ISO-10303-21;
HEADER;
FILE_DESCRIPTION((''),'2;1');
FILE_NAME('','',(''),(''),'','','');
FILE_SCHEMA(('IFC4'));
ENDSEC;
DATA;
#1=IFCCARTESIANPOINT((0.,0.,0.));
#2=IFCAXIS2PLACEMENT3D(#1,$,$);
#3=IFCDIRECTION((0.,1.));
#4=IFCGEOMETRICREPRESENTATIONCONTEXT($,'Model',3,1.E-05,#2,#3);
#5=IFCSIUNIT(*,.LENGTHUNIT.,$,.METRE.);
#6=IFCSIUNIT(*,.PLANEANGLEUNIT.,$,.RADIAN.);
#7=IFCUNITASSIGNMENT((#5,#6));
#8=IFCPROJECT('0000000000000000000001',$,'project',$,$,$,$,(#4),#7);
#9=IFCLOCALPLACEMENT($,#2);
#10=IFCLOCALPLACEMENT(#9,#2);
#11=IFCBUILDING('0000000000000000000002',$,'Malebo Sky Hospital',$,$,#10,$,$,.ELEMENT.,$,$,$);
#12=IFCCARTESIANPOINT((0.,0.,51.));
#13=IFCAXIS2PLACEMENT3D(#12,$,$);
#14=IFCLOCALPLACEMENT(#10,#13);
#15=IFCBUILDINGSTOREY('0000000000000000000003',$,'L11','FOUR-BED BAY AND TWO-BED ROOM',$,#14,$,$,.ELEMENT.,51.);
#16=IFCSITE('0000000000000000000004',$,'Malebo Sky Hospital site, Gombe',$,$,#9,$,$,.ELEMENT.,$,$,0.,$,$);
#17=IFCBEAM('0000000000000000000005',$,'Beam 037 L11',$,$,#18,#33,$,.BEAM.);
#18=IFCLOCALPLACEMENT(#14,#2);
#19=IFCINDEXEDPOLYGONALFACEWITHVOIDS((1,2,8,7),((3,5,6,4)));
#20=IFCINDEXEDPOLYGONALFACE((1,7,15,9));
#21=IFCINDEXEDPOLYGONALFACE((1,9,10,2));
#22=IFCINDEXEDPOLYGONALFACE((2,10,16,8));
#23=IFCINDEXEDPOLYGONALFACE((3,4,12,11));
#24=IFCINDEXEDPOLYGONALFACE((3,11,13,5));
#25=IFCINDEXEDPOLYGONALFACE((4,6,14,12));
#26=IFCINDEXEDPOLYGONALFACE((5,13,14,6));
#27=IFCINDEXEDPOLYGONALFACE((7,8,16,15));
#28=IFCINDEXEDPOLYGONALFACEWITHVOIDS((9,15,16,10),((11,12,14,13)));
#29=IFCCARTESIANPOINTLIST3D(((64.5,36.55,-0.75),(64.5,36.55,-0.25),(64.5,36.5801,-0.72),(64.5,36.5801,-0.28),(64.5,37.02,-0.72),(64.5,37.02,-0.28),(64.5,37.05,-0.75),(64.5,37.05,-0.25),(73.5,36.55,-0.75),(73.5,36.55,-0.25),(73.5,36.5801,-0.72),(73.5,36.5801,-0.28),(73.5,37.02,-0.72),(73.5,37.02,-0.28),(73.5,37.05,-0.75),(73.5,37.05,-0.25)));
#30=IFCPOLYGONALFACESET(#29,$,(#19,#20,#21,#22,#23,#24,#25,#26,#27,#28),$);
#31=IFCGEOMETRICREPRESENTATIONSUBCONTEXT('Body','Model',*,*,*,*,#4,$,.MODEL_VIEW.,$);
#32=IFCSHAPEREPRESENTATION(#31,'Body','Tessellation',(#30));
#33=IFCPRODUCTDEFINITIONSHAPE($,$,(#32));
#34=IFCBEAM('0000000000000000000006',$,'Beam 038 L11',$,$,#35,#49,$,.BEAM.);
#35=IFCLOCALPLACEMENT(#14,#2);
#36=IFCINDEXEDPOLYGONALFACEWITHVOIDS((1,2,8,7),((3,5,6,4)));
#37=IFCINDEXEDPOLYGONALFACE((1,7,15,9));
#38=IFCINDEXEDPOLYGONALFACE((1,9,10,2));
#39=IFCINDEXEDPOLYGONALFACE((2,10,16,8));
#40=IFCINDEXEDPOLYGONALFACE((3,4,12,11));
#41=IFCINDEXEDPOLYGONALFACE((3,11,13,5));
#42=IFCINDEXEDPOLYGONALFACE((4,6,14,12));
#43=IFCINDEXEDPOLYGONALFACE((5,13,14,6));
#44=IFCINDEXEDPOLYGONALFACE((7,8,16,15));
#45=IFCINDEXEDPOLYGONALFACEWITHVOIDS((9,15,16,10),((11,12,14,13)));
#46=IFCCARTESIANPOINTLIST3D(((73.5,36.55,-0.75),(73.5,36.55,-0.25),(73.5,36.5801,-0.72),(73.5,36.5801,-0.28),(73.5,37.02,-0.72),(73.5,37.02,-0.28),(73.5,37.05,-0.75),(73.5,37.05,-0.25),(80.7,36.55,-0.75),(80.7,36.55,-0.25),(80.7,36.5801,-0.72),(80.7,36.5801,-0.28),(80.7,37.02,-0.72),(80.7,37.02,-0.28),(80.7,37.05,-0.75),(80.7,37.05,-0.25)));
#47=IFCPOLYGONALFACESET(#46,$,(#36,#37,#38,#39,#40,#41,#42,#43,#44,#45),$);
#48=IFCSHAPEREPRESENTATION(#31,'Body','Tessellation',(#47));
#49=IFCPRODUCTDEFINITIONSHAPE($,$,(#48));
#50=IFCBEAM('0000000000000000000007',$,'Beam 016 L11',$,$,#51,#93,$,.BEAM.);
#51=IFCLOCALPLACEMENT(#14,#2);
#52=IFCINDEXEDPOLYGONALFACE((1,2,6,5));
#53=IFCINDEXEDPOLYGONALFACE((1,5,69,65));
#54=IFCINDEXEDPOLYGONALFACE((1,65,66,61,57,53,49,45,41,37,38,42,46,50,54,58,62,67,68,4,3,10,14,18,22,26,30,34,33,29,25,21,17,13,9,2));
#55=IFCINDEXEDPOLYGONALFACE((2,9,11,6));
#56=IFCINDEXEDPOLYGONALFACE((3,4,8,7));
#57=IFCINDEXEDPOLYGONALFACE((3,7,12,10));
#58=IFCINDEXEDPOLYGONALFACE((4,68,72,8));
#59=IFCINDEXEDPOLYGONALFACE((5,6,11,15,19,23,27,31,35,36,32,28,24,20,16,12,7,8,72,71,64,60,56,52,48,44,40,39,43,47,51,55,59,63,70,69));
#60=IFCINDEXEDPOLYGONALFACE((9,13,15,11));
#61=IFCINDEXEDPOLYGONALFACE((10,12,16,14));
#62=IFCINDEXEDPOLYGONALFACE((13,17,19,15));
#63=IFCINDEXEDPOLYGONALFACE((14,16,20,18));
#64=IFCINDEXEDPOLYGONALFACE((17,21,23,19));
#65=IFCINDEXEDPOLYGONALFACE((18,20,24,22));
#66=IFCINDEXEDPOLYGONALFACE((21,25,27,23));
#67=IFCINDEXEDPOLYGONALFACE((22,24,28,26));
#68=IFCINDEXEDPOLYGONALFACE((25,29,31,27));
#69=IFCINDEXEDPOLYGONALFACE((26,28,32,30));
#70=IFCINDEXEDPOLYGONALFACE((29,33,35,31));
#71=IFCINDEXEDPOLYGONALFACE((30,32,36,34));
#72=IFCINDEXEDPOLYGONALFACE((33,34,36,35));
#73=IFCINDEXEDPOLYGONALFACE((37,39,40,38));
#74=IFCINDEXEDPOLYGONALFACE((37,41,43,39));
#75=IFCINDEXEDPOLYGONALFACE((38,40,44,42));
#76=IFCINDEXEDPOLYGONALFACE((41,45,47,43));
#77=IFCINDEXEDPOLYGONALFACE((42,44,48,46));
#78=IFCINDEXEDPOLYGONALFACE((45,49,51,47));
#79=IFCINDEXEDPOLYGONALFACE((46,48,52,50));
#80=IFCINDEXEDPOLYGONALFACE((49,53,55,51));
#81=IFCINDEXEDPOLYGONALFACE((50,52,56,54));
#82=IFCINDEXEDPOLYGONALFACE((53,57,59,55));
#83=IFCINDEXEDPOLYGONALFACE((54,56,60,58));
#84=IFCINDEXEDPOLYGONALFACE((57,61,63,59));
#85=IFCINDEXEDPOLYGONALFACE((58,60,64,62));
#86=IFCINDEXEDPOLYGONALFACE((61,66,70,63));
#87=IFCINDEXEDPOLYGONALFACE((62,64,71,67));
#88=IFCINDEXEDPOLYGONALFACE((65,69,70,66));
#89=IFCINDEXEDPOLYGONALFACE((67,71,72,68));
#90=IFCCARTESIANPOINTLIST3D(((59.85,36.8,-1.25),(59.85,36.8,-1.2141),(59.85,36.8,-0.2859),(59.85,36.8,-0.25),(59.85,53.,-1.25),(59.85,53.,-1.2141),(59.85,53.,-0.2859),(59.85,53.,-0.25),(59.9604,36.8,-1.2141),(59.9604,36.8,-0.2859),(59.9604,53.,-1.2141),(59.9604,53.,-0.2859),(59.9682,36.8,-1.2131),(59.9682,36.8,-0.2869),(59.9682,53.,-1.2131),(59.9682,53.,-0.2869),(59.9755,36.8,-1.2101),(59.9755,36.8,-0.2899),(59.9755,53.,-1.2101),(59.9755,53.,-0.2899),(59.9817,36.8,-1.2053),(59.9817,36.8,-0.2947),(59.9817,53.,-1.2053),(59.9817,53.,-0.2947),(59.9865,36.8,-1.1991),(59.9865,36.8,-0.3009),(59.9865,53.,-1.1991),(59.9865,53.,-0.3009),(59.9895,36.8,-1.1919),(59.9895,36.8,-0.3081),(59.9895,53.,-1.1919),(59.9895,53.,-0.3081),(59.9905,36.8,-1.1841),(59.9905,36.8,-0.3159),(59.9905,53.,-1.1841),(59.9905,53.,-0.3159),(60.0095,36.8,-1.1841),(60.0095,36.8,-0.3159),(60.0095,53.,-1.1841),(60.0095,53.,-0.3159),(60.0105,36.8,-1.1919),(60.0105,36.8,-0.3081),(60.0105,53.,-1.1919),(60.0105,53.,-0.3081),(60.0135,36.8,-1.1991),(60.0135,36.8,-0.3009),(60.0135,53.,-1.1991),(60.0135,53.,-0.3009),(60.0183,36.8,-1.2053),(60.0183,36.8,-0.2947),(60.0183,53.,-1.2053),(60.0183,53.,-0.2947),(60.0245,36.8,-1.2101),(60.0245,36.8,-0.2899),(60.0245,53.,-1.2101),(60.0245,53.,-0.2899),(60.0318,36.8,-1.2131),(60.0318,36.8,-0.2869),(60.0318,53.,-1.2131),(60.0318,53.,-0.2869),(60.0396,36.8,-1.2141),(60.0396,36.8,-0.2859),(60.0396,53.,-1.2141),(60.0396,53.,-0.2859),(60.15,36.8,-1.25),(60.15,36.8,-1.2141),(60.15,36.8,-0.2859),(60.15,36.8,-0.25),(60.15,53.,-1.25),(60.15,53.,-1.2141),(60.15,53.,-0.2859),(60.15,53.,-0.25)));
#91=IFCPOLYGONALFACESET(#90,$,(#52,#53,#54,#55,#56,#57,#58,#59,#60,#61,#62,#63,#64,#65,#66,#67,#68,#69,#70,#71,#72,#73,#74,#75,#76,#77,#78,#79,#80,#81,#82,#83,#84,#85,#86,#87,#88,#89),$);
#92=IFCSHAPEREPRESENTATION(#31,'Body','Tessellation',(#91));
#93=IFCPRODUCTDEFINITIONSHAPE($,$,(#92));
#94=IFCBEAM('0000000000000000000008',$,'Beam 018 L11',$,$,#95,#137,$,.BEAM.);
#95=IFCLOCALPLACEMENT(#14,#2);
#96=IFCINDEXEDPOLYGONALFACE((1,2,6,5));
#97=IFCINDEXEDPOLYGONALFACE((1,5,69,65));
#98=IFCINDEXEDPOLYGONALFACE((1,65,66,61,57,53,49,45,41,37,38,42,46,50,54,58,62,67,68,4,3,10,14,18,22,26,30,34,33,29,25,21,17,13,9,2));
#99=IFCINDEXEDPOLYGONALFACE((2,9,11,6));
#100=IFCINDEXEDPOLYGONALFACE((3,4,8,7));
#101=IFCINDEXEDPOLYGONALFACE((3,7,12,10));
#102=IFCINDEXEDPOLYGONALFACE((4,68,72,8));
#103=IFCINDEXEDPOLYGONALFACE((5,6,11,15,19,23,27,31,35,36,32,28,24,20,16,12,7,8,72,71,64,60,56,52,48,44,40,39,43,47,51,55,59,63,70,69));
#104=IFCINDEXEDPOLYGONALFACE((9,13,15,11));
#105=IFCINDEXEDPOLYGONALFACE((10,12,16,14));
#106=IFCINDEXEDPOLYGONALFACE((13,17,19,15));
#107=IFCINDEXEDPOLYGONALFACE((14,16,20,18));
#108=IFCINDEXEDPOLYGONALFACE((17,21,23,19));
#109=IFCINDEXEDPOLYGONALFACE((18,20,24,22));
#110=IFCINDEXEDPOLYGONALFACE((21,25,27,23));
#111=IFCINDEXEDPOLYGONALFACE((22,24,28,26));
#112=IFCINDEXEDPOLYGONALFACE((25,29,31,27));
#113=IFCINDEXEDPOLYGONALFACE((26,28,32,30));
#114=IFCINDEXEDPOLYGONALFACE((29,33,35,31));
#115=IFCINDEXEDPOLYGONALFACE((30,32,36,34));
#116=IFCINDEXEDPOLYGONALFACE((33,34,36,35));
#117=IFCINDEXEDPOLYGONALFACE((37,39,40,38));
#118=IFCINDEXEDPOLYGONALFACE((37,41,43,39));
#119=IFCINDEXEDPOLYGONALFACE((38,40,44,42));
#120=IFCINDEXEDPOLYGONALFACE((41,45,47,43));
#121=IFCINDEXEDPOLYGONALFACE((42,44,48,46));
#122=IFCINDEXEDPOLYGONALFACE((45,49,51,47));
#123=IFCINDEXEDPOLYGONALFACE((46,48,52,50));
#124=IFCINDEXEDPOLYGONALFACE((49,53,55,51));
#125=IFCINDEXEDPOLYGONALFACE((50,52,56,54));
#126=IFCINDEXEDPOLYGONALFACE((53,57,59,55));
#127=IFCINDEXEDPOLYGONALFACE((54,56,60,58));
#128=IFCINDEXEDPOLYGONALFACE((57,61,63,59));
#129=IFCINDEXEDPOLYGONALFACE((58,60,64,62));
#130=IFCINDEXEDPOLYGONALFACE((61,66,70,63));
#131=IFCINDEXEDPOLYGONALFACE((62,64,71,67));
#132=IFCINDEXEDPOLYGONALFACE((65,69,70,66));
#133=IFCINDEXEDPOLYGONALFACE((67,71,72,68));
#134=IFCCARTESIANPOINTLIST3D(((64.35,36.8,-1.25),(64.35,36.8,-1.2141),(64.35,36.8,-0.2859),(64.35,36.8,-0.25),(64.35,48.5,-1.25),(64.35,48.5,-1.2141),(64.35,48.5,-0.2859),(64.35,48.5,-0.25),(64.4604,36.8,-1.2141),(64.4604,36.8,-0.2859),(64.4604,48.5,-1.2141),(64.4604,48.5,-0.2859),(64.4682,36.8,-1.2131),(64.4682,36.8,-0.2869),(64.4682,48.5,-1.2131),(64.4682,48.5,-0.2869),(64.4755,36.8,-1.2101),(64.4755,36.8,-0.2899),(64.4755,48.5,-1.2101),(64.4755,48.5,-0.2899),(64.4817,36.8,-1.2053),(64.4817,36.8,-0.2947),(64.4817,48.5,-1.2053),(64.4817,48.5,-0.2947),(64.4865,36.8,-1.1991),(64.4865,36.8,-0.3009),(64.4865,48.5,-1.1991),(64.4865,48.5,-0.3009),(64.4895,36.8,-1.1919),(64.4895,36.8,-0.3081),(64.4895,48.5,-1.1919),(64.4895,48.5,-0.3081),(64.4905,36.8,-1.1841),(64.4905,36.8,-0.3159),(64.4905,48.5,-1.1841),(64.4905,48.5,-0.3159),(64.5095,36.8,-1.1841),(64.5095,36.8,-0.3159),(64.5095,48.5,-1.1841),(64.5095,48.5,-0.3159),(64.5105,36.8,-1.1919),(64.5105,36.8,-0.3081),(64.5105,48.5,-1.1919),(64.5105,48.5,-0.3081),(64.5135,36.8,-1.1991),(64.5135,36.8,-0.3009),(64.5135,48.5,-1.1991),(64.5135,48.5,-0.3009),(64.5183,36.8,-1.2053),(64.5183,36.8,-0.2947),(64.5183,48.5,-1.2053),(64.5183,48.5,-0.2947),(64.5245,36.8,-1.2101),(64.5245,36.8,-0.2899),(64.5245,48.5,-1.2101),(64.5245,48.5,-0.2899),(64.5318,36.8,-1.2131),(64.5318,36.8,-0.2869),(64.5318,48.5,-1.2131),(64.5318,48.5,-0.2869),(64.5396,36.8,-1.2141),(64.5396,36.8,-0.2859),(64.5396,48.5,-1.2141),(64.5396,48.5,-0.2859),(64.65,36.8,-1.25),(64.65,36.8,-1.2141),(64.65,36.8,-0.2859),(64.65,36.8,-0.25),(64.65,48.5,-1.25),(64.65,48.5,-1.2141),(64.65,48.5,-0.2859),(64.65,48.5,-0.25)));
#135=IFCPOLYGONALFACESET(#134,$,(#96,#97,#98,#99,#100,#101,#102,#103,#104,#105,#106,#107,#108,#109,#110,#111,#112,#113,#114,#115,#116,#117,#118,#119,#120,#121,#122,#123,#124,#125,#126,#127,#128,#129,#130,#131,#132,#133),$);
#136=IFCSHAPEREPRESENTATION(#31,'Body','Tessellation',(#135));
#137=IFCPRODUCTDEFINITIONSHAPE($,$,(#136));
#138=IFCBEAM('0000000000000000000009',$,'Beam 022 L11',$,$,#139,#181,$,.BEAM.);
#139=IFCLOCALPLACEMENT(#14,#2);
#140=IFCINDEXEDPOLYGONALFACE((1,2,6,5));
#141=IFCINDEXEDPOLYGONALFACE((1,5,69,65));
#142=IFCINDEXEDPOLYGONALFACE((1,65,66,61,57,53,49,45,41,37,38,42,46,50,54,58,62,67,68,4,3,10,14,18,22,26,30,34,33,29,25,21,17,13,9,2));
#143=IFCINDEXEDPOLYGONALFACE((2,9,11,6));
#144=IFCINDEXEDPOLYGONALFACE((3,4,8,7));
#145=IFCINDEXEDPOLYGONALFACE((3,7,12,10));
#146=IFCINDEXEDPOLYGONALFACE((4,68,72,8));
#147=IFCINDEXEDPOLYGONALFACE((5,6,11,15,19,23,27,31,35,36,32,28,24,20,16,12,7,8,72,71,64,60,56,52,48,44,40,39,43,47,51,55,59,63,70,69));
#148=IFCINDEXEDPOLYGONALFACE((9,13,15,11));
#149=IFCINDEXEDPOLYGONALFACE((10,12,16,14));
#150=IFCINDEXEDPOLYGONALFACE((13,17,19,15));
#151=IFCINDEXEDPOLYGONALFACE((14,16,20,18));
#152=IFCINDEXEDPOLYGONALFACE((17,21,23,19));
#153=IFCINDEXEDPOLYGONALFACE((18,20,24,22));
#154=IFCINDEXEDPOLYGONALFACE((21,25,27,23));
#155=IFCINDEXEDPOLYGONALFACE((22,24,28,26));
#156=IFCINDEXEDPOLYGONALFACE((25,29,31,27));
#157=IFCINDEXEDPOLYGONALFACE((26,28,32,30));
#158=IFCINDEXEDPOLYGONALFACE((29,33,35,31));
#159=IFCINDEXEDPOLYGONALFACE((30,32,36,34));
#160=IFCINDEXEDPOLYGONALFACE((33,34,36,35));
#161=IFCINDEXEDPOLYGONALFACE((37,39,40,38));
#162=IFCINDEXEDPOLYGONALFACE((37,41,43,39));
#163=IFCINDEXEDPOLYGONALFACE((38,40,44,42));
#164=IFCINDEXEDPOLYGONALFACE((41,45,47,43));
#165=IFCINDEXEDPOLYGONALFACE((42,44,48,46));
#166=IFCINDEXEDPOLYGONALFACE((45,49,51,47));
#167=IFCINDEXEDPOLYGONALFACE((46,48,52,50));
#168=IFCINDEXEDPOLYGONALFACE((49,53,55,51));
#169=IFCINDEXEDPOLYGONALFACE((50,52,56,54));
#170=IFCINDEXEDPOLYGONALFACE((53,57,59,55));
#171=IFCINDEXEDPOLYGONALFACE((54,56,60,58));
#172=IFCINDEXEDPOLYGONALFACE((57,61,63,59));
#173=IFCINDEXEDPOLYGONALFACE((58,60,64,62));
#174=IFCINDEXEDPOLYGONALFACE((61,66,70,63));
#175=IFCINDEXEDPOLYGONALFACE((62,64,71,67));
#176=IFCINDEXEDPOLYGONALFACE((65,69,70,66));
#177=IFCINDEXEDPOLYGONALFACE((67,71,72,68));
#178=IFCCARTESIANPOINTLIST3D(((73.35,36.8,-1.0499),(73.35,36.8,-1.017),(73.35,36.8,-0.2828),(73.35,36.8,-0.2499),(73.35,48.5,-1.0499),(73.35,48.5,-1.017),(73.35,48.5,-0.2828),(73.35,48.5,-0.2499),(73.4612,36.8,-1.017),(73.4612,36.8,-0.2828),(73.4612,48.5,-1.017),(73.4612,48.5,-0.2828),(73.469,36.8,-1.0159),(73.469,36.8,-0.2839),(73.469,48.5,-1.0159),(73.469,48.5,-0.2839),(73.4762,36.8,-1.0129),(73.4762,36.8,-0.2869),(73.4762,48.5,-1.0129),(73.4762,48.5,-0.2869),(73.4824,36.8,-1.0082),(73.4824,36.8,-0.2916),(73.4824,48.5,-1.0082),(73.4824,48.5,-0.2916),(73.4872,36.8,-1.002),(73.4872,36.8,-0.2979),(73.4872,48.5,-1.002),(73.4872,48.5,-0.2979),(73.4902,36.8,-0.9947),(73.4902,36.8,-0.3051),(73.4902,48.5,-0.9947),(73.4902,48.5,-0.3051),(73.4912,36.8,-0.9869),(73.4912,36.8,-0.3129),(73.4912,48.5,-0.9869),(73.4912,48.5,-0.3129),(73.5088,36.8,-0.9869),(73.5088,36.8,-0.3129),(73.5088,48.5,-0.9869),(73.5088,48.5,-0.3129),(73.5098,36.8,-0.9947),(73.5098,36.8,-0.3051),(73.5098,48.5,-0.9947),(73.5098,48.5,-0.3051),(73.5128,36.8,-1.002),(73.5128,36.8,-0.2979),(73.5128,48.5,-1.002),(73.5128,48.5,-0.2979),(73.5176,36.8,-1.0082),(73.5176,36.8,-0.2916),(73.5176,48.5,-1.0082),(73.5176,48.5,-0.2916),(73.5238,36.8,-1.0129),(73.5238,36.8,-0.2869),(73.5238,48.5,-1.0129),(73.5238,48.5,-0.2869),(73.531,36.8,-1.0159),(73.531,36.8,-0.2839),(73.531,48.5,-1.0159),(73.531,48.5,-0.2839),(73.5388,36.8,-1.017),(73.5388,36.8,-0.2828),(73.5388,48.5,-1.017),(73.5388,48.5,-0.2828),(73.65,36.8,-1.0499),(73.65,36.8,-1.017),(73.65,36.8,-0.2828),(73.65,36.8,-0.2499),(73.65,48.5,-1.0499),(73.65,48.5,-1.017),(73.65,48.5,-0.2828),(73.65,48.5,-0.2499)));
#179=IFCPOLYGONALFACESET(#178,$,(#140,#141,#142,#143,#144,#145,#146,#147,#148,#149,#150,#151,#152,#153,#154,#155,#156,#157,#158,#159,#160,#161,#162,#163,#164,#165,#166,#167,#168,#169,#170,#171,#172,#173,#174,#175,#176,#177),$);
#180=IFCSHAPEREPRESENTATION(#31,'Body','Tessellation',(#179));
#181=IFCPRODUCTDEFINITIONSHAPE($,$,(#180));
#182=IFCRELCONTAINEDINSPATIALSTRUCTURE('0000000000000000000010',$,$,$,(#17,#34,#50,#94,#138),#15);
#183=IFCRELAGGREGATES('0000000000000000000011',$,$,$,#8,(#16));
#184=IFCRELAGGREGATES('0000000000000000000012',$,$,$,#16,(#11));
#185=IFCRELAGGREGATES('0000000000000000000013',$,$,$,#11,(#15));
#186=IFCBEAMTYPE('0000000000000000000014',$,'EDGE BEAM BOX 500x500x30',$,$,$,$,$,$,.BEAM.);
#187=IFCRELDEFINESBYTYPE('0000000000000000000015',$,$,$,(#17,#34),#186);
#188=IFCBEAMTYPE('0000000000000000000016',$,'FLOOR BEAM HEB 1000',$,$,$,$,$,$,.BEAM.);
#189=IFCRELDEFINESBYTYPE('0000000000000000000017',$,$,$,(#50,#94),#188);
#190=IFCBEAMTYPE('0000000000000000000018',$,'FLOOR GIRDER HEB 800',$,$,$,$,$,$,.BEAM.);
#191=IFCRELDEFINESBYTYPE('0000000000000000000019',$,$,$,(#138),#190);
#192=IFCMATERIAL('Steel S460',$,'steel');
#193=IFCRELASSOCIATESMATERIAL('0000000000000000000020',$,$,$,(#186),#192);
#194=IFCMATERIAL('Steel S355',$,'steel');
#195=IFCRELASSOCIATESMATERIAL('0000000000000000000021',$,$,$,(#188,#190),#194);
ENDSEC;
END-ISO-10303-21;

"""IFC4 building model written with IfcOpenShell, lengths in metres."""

from ifc_helpers import new_model, si_unit, direction, frame, origin, origin_2d, place, context, subcontext, project, spatial, hollow_rectangle, i_section, extrude, material, material_profile, profile_set, type_object, element, save


model = new_model("IFC4")

# Units and contexts
model_context = context("Model", 3, precision=1e-05, world=origin(), true_north=direction((0.0, 1.0)))
body_context = subcontext(model_context, "Body", "Model", "MODEL_VIEW")
ifc_project = project(units=[si_unit("LENGTHUNIT", "METRE"), si_unit("PLANEANGLEUNIT", "RADIAN")], contexts=[model_context])

# Site, building, storey
site_placement = place(None, origin())
site = spatial("IfcSite", under=ifc_project, at=site_placement, Name="Malebo Sky Hospital site, Gombe", CompositionType="ELEMENT", RefElevation=0.0)
building_placement = place(site_placement, origin())
building = spatial("IfcBuilding", under=site, at=building_placement, Name="Malebo Sky Hospital", CompositionType="ELEMENT")
storey_placement = place(building_placement, frame((0.0, 0.0, 51.0)))
storey = spatial("IfcBuildingStorey", under=building, at=storey_placement, Name="L11", Description="FOUR-BED BAY AND TWO-BED ROOM", CompositionType="ELEMENT", Elevation=51.0)

# Shared definitions
ifc_material_1 = material(Name="Steel S460", Category="steel")

# Shared definitions
ifc_material_2 = material(Name="Steel S355", Category="steel")

# Beams
ifc_material_profile_1 = material_profile(ifc_material_1, hollow_rectangle(XDim=0.5, YDim=0.5, WallThickness=0.03, at=origin_2d()), Name="BOX 500x500x30")
ifc_profile_set_1 = profile_set([ifc_material_profile_1], Name="Steel S460")
beam_type_1 = type_object("IfcBeamType", Name="EDGE BEAM BOX 500x500x30", PredefinedType="BEAM", material=ifc_profile_set_1)
beam_1_placement = place(storey_placement, frame((64.5, 36.8, -0.5), z_axis=(1.0, 0.0, 0.0), x_axis=(0.0, 1.0, 0.0)))
element("IfcBeam", 1, at=beam_1_placement, inside=storey, type_object=beam_type_1, Name="Beam 037 L11", PredefinedType="BEAM", context=body_context, shape_type="SweptSolid", body=[
    extrude(hollow_rectangle(XDim=0.5, YDim=0.5, WallThickness=0.03, at=origin_2d()), origin(), (0.0, 0.0, 1.0), 9.0),
])
beam_2_placement = place(storey_placement, frame((73.5, 36.8, -0.5), z_axis=(1.0, 0.0, 0.0), x_axis=(0.0, 1.0, 0.0)))
element("IfcBeam", 2, at=beam_2_placement, inside=storey, type_object=beam_type_1, Name="Beam 038 L11", PredefinedType="BEAM", context=body_context, shape_type="SweptSolid", body=[
    extrude(hollow_rectangle(XDim=0.5, YDim=0.5, WallThickness=0.03, at=origin_2d()), origin(), (0.0, 0.0, 1.0), 7.2),
])
ifc_material_profile_2 = material_profile(ifc_material_2, i_section(OverallWidth=0.3, OverallDepth=1.0, WebThickness=0.019, FlangeThickness=0.0359, FilletRadius=0.03, at=origin_2d()), Name="HEB 1000")
ifc_profile_set_2 = profile_set([ifc_material_profile_2], Name="Steel S355")
beam_type_2 = type_object("IfcBeamType", Name="FLOOR BEAM HEB 1000", PredefinedType="BEAM", material=ifc_profile_set_2)
beam_3_placement = place(storey_placement, frame((60.0, 36.8, -0.75), z_axis=(0.0, 1.0, 0.0), x_axis=(-1.0, 0.0, 0.0)))
element("IfcBeam", 3, at=beam_3_placement, inside=storey, type_object=beam_type_2, Name="Beam 016 L11", PredefinedType="BEAM", context=body_context, shape_type="SweptSolid", body=[
    extrude(i_section(OverallWidth=0.3, OverallDepth=1.0, WebThickness=0.019, FlangeThickness=0.0359, FilletRadius=0.03, at=origin_2d()), origin(), (0.0, 0.0, 1.0), 16.2),
])
beam_4_placement = place(storey_placement, frame((64.5, 36.8, -0.75), z_axis=(0.0, 1.0, 0.0), x_axis=(-1.0, 0.0, 0.0)))
element("IfcBeam", 4, at=beam_4_placement, inside=storey, type_object=beam_type_2, Name="Beam 018 L11", PredefinedType="BEAM", context=body_context, shape_type="SweptSolid", body=[
    extrude(i_section(OverallWidth=0.3, OverallDepth=1.0, WebThickness=0.019, FlangeThickness=0.0359, FilletRadius=0.03, at=origin_2d()), origin(), (0.0, 0.0, 1.0), 11.7),
])
ifc_material_profile_3 = material_profile(ifc_material_2, i_section(OverallWidth=0.3, OverallDepth=0.8, WebThickness=0.0176, FlangeThickness=0.033, FilletRadius=0.03, at=origin_2d()), Name="HEB 800")
ifc_profile_set_3 = profile_set([ifc_material_profile_3], Name="Steel S355")
beam_type_3 = type_object("IfcBeamType", Name="FLOOR GIRDER HEB 800", PredefinedType="BEAM", material=ifc_profile_set_3)
beam_5_placement = place(storey_placement, frame((73.5, 36.8, -0.6499), z_axis=(0.0, 1.0, 0.0), x_axis=(-1.0, 0.0, 0.0)))
element("IfcBeam", 5, at=beam_5_placement, inside=storey, type_object=beam_type_3, Name="Beam 022 L11", PredefinedType="BEAM", context=body_context, shape_type="SweptSolid", body=[
    extrude(i_section(OverallWidth=0.3, OverallDepth=0.8, WebThickness=0.0176, FlangeThickness=0.033, FilletRadius=0.03, at=origin_2d()), origin(), (0.0, 0.0, 1.0), 11.7),
])

save(model, "model.ifc")
